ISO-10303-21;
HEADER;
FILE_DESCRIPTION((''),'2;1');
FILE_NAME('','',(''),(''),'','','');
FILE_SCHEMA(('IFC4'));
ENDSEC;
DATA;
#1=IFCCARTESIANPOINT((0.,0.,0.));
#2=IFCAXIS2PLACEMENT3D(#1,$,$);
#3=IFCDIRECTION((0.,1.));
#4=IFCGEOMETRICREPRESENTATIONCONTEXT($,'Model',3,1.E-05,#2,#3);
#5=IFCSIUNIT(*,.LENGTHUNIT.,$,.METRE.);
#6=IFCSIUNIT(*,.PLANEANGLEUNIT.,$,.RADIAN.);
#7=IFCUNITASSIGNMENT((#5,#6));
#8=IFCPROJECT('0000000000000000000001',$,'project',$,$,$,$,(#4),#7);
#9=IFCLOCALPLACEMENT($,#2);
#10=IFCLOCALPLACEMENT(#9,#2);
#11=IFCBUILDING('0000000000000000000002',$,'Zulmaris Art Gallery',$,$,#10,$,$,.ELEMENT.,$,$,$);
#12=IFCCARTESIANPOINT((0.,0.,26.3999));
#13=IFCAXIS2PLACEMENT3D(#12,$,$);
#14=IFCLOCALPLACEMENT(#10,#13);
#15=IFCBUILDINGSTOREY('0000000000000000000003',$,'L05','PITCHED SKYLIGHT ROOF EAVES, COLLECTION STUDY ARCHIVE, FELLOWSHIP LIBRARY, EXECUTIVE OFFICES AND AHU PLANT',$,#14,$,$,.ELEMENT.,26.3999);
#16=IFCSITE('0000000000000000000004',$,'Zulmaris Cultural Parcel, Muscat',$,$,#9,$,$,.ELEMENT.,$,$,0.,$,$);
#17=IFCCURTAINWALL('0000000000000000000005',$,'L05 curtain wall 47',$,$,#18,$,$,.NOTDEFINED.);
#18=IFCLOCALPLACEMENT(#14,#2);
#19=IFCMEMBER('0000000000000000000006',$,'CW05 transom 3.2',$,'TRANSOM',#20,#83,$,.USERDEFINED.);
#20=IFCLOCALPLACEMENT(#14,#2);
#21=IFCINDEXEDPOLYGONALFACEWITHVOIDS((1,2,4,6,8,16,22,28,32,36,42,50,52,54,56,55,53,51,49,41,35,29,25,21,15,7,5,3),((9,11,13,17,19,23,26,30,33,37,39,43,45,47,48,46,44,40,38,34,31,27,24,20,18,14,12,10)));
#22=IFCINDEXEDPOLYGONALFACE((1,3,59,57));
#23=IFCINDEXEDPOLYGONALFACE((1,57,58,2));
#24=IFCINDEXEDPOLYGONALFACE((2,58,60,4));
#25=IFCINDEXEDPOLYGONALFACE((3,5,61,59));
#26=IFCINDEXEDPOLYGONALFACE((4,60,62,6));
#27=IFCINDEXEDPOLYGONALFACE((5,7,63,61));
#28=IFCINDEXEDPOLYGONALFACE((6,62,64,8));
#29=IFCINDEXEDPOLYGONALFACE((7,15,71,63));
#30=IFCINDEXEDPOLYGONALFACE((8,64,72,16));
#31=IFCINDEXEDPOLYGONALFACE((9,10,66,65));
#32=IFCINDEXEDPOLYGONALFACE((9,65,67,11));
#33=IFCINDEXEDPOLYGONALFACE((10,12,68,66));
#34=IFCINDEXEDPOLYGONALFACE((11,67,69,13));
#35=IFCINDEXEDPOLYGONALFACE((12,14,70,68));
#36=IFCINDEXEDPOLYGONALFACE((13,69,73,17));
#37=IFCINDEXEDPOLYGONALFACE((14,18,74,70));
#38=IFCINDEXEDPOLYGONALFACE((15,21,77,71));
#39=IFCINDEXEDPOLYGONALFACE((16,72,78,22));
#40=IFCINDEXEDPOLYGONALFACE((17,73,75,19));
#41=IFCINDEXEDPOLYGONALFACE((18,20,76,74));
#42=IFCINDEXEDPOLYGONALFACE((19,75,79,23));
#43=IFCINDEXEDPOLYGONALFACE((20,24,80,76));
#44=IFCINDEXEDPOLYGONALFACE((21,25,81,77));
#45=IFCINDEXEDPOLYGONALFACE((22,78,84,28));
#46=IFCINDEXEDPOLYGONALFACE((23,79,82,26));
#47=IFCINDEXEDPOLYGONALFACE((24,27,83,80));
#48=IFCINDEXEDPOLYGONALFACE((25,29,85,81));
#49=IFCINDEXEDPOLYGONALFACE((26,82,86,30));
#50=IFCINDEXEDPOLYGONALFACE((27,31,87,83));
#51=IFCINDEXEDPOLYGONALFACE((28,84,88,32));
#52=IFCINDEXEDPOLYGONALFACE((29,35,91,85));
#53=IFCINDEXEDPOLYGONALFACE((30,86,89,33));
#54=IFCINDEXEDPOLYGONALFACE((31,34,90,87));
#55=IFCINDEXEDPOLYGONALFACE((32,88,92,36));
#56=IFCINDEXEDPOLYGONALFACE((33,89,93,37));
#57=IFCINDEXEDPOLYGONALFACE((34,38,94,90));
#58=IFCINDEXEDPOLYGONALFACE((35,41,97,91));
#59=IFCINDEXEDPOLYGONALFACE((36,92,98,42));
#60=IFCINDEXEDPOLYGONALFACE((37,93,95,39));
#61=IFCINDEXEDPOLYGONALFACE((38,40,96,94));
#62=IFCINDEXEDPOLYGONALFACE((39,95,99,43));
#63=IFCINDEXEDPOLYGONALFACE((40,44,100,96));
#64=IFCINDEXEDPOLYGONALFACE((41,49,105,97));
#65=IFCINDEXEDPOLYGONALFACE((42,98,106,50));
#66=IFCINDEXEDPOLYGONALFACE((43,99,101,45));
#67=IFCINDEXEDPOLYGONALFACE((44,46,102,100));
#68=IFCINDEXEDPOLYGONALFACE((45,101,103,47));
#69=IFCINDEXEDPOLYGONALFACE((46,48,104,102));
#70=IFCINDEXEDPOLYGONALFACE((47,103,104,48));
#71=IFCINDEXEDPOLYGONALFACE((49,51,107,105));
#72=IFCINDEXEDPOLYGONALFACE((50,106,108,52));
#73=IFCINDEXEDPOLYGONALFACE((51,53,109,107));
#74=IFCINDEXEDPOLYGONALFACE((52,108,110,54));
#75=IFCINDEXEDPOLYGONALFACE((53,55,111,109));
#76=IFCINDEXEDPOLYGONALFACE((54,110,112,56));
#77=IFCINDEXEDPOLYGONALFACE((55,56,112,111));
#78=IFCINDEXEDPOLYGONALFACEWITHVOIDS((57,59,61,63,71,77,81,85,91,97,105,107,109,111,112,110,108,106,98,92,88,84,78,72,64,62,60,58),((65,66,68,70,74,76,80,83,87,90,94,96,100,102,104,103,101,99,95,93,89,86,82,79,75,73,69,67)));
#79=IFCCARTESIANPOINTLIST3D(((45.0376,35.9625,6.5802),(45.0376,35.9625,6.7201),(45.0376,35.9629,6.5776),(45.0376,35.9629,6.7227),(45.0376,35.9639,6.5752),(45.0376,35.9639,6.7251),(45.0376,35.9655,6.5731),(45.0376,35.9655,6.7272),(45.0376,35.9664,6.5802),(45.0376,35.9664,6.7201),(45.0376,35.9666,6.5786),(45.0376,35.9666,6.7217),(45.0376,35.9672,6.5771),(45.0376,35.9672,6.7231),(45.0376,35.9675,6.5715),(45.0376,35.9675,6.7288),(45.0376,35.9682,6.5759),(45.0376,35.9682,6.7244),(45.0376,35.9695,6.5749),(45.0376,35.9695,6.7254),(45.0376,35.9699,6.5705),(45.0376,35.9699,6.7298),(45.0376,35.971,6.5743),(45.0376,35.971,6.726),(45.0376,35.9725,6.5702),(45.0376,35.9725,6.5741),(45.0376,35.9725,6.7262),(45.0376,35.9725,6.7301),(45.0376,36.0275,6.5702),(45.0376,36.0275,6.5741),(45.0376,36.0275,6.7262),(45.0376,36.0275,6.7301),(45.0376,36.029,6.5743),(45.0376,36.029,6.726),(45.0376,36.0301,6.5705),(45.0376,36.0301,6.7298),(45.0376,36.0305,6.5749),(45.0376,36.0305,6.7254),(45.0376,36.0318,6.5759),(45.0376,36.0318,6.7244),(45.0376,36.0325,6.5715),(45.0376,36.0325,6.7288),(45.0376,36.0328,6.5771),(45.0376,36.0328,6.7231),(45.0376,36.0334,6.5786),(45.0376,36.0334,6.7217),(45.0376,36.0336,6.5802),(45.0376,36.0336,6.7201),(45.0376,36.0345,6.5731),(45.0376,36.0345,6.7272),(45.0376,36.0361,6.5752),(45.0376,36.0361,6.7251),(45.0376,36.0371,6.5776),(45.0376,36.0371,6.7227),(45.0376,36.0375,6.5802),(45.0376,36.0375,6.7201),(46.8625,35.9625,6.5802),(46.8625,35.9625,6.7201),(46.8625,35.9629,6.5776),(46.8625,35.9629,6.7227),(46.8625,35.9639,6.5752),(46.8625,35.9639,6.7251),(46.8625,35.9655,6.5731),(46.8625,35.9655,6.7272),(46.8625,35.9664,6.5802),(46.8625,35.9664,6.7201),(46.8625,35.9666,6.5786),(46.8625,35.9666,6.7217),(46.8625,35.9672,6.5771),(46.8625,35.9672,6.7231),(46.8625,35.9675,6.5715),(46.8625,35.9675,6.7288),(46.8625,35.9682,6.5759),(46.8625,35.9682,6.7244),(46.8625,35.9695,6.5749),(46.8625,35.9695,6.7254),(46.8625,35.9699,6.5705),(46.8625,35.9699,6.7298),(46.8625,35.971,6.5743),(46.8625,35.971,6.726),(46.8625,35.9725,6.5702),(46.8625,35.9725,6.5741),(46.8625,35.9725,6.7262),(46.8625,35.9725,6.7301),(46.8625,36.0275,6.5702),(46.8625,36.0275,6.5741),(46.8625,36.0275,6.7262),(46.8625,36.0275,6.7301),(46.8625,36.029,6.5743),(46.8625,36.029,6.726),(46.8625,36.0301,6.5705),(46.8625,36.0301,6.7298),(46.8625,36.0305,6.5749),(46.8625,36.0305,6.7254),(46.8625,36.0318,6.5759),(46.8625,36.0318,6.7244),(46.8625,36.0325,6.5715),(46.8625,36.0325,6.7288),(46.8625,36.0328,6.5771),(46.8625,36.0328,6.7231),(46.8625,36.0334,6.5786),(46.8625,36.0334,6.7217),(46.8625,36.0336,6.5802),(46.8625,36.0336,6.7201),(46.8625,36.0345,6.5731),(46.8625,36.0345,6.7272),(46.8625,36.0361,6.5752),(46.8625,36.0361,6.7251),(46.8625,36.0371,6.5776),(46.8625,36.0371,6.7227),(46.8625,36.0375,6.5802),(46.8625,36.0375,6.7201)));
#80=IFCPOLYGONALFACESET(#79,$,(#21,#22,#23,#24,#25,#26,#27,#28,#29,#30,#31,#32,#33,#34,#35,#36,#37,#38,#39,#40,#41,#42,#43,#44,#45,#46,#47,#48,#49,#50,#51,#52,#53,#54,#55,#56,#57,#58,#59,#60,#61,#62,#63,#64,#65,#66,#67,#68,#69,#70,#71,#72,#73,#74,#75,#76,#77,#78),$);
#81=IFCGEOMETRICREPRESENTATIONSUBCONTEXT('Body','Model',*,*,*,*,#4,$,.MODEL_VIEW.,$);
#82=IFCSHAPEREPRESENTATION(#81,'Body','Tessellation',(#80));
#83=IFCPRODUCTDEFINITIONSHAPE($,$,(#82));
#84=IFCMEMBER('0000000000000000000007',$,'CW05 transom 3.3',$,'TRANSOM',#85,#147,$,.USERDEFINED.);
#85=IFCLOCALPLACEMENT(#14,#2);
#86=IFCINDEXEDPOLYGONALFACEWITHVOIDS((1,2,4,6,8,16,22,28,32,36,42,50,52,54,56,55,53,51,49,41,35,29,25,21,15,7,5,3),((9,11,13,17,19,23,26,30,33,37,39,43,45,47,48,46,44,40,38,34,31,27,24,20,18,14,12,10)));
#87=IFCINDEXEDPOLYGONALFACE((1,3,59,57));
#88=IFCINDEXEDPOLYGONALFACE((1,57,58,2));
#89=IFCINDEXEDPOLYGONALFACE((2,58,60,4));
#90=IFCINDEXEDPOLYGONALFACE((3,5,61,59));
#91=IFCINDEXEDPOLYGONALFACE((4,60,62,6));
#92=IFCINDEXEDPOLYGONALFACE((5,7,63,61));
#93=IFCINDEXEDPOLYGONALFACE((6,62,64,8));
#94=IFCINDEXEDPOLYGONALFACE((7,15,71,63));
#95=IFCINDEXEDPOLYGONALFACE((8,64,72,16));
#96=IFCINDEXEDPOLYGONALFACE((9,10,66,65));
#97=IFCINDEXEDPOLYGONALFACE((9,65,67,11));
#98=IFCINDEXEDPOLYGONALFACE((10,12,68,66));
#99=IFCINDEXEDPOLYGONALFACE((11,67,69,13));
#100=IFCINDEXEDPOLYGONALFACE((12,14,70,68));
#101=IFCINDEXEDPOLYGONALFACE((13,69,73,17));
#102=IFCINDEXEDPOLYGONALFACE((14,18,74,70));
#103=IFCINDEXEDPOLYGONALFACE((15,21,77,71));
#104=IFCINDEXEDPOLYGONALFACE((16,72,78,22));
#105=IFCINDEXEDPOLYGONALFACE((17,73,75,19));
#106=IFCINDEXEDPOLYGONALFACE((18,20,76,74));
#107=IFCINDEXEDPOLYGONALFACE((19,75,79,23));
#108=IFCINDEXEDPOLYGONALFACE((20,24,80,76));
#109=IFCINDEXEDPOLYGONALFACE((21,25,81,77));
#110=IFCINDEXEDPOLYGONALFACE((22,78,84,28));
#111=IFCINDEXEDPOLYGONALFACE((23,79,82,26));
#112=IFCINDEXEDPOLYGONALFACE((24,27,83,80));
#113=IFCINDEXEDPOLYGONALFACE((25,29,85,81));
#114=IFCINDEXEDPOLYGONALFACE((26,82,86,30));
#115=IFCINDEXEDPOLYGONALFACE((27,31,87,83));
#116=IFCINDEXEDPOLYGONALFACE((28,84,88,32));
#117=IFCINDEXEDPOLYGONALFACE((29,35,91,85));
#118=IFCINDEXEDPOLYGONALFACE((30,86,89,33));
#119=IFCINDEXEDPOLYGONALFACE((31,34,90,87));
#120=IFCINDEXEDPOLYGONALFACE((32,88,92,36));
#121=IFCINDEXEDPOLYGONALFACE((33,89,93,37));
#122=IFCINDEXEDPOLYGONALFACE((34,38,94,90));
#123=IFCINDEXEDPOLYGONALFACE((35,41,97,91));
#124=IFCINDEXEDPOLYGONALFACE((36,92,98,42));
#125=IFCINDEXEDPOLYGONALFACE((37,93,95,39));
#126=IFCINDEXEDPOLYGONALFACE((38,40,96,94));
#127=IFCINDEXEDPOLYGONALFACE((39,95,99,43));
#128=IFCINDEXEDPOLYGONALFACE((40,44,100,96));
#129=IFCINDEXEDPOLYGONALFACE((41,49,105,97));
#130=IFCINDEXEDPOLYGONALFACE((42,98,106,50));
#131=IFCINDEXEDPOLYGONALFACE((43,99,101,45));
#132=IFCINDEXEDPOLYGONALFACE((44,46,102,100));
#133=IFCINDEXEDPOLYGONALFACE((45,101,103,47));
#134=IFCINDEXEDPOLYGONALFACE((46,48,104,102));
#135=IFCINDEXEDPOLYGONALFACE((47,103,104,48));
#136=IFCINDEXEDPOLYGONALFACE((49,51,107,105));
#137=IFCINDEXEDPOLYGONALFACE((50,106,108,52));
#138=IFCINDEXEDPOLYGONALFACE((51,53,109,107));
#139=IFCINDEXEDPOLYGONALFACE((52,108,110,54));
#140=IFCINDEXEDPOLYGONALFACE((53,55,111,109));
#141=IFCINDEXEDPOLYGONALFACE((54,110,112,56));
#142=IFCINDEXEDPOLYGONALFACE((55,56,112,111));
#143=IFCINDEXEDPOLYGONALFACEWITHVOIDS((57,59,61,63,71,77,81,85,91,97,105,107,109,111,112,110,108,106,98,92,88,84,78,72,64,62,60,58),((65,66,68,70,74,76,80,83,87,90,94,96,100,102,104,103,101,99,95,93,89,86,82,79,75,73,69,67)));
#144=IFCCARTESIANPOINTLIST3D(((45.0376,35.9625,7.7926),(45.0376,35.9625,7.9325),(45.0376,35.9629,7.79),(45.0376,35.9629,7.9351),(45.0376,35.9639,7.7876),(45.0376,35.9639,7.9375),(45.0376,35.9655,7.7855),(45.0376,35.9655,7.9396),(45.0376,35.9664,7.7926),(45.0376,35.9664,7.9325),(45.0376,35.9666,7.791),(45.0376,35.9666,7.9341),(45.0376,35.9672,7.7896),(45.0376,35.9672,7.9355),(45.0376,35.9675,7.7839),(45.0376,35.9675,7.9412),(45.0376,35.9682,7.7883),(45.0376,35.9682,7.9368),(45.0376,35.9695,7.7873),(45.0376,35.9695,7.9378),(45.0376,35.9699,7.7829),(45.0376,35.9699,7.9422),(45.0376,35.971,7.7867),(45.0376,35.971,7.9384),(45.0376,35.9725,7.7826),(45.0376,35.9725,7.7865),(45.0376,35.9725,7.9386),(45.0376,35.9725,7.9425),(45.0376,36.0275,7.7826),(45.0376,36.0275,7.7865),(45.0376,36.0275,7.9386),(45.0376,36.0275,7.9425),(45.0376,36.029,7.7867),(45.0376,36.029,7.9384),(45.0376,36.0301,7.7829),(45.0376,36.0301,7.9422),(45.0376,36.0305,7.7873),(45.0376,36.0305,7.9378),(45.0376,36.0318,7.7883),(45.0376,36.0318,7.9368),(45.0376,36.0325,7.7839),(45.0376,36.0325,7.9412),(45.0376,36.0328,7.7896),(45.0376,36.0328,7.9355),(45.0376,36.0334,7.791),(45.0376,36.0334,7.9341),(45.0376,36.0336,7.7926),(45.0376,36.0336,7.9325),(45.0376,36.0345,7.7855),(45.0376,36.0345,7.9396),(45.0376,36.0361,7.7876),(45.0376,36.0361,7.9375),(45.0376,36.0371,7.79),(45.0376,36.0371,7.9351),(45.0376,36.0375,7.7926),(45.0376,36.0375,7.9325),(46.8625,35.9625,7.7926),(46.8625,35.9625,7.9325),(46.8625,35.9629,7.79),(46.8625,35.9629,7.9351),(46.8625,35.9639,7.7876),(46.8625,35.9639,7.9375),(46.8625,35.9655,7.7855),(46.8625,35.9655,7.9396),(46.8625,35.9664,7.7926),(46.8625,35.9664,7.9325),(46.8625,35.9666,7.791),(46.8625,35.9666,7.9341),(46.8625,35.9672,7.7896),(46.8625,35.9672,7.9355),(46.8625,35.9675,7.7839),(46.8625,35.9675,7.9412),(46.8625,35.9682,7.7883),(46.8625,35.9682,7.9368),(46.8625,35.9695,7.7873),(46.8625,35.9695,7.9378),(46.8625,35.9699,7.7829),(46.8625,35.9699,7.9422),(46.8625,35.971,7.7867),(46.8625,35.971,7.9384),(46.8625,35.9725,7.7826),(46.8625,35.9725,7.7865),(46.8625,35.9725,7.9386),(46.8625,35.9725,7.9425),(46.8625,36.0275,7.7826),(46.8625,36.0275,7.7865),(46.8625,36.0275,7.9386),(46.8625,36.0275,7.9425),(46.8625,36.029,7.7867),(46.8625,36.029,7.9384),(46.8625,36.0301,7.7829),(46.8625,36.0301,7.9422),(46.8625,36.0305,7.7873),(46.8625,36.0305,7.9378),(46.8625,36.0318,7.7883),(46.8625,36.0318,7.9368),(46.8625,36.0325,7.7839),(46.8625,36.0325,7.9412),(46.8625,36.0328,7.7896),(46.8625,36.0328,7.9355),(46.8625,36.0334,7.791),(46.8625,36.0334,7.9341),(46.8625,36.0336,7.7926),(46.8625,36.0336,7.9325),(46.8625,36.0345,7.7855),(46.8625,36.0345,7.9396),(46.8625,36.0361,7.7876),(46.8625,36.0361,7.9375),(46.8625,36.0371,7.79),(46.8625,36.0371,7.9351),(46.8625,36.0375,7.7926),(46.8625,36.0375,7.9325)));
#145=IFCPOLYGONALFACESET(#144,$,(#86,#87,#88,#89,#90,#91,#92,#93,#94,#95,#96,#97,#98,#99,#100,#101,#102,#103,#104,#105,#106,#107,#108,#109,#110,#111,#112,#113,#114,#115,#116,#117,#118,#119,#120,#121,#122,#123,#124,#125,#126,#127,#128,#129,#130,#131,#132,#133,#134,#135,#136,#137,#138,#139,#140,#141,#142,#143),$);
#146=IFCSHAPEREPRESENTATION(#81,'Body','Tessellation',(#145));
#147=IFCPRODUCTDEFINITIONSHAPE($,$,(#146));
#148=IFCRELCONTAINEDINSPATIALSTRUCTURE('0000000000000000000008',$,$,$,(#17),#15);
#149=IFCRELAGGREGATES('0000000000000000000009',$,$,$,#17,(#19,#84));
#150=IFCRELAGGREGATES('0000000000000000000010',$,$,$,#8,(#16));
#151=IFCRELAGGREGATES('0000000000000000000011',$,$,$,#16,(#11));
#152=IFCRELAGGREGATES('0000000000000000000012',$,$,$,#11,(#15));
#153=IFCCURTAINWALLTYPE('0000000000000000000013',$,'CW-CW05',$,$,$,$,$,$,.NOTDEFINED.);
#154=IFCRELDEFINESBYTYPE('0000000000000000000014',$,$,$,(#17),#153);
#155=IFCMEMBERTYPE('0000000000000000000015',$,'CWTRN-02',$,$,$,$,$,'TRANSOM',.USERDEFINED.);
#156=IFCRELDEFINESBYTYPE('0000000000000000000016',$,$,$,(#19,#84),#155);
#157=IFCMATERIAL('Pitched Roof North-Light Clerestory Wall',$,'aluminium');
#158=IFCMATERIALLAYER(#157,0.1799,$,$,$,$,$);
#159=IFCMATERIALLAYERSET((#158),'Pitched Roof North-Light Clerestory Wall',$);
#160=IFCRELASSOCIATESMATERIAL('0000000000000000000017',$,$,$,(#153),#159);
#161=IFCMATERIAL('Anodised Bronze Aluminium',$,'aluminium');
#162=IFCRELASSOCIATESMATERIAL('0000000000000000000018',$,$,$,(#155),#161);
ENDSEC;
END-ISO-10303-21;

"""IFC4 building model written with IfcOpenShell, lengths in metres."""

from ifc_helpers import new_model, si_unit, direction, frame, origin, origin_2d, place, context, subcontext, project, spatial, hollow_rectangle, extrude, material, layer, layer_set, material_profile, profile_set, type_object, element, aggregate, save


model = new_model("IFC4")

# Units and contexts
model_context = context("Model", 3, precision=1e-05, world=origin(), true_north=direction((0.0, 1.0)))
body_context = subcontext(model_context, "Body", "Model", "MODEL_VIEW")
ifc_project = project(units=[si_unit("LENGTHUNIT", "METRE"), si_unit("PLANEANGLEUNIT", "RADIAN")], contexts=[model_context])

# Site, building, storey
site_placement = place(None, origin())
site = spatial("IfcSite", under=ifc_project, at=site_placement, Name="Zulmaris Cultural Parcel, Muscat", CompositionType="ELEMENT", RefElevation=0.0)
building_placement = place(site_placement, origin())
building = spatial("IfcBuilding", under=site, at=building_placement, Name="Zulmaris Art Gallery", CompositionType="ELEMENT")
storey_placement = place(building_placement, frame((0.0, 0.0, 26.3999)))
storey = spatial("IfcBuildingStorey", under=building, at=storey_placement, Name="L05", Description="PITCHED SKYLIGHT ROOF EAVES, COLLECTION STUDY ARCHIVE, FELLOWSHIP LIBRARY, EXECUTIVE OFFICES AND AHU PLANT", CompositionType="ELEMENT", Elevation=26.3999)

# Curtain wall, members
ifc_material_1 = material(Name="Pitched Roof North-Light Clerestory Wall", Category="aluminium")
ifc_layer_1 = layer(ifc_material_1, 0.1799)
ifc_layer_set_1 = layer_set([ifc_layer_1], Name="Pitched Roof North-Light Clerestory Wall")
curtain_wall_type = type_object("IfcCurtainWallType", Name="CW-CW05", PredefinedType="NOTDEFINED", material=ifc_layer_set_1)
curtain_wall_placement = place(storey_placement, origin())
curtain_wall = element("IfcCurtainWall", 1, at=curtain_wall_placement, inside=storey, type_object=curtain_wall_type, Name="L05 curtain wall 47", PredefinedType="NOTDEFINED")
ifc_material_2 = material(Name="Anodised Bronze Aluminium", Category="aluminium")
ifc_material_profile_1 = material_profile(ifc_material_2, hollow_rectangle(XDim=0.075, YDim=0.1599, WallThickness=0.0039, InnerFilletRadius=0.0061, OuterFilletRadius=0.01, at=origin_2d()), Name="ALU 75x160x4")
ifc_profile_set_1 = profile_set([ifc_material_profile_1], Name="Anodised Bronze Aluminium")
member_type_1 = type_object("IfcMemberType", Name="CWTRN-02", ElementType="TRANSOM", PredefinedType="USERDEFINED", material=ifc_profile_set_1)
member_1_placement = place(storey_placement, frame((45.0376, 36.0, 6.6501), z_axis=(1.0, 0.0, 0.0), x_axis=(0.0, 1.0, 0.0)))
member_1 = element("IfcMember", 2, at=member_1_placement, type_object=member_type_1, Name="CW05 transom 3.2", ObjectType="TRANSOM", PredefinedType="USERDEFINED", context=body_context, shape_type="SweptSolid", body=[
    extrude(hollow_rectangle(XDim=0.075, YDim=0.1599, WallThickness=0.0039, InnerFilletRadius=0.0061, OuterFilletRadius=0.01, at=origin_2d()), origin(), (0.0, 0.0, 1.0), 1.825),
])
member_2_placement = place(storey_placement, frame((45.0376, 36.0, 7.8625), z_axis=(1.0, 0.0, 0.0), x_axis=(0.0, 1.0, 0.0)))
member_2 = element("IfcMember", 3, at=member_2_placement, type_object=member_type_1, Name="CW05 transom 3.3", ObjectType="TRANSOM", PredefinedType="USERDEFINED", context=body_context, shape_type="SweptSolid", body=[
    extrude(hollow_rectangle(XDim=0.075, YDim=0.1599, WallThickness=0.0039, InnerFilletRadius=0.0061, OuterFilletRadius=0.01, at=origin_2d()), origin(), (0.0, 0.0, 1.0), 1.825),
])

aggregate(curtain_wall, [member_1, member_2])

save(model, "model.ifc")
